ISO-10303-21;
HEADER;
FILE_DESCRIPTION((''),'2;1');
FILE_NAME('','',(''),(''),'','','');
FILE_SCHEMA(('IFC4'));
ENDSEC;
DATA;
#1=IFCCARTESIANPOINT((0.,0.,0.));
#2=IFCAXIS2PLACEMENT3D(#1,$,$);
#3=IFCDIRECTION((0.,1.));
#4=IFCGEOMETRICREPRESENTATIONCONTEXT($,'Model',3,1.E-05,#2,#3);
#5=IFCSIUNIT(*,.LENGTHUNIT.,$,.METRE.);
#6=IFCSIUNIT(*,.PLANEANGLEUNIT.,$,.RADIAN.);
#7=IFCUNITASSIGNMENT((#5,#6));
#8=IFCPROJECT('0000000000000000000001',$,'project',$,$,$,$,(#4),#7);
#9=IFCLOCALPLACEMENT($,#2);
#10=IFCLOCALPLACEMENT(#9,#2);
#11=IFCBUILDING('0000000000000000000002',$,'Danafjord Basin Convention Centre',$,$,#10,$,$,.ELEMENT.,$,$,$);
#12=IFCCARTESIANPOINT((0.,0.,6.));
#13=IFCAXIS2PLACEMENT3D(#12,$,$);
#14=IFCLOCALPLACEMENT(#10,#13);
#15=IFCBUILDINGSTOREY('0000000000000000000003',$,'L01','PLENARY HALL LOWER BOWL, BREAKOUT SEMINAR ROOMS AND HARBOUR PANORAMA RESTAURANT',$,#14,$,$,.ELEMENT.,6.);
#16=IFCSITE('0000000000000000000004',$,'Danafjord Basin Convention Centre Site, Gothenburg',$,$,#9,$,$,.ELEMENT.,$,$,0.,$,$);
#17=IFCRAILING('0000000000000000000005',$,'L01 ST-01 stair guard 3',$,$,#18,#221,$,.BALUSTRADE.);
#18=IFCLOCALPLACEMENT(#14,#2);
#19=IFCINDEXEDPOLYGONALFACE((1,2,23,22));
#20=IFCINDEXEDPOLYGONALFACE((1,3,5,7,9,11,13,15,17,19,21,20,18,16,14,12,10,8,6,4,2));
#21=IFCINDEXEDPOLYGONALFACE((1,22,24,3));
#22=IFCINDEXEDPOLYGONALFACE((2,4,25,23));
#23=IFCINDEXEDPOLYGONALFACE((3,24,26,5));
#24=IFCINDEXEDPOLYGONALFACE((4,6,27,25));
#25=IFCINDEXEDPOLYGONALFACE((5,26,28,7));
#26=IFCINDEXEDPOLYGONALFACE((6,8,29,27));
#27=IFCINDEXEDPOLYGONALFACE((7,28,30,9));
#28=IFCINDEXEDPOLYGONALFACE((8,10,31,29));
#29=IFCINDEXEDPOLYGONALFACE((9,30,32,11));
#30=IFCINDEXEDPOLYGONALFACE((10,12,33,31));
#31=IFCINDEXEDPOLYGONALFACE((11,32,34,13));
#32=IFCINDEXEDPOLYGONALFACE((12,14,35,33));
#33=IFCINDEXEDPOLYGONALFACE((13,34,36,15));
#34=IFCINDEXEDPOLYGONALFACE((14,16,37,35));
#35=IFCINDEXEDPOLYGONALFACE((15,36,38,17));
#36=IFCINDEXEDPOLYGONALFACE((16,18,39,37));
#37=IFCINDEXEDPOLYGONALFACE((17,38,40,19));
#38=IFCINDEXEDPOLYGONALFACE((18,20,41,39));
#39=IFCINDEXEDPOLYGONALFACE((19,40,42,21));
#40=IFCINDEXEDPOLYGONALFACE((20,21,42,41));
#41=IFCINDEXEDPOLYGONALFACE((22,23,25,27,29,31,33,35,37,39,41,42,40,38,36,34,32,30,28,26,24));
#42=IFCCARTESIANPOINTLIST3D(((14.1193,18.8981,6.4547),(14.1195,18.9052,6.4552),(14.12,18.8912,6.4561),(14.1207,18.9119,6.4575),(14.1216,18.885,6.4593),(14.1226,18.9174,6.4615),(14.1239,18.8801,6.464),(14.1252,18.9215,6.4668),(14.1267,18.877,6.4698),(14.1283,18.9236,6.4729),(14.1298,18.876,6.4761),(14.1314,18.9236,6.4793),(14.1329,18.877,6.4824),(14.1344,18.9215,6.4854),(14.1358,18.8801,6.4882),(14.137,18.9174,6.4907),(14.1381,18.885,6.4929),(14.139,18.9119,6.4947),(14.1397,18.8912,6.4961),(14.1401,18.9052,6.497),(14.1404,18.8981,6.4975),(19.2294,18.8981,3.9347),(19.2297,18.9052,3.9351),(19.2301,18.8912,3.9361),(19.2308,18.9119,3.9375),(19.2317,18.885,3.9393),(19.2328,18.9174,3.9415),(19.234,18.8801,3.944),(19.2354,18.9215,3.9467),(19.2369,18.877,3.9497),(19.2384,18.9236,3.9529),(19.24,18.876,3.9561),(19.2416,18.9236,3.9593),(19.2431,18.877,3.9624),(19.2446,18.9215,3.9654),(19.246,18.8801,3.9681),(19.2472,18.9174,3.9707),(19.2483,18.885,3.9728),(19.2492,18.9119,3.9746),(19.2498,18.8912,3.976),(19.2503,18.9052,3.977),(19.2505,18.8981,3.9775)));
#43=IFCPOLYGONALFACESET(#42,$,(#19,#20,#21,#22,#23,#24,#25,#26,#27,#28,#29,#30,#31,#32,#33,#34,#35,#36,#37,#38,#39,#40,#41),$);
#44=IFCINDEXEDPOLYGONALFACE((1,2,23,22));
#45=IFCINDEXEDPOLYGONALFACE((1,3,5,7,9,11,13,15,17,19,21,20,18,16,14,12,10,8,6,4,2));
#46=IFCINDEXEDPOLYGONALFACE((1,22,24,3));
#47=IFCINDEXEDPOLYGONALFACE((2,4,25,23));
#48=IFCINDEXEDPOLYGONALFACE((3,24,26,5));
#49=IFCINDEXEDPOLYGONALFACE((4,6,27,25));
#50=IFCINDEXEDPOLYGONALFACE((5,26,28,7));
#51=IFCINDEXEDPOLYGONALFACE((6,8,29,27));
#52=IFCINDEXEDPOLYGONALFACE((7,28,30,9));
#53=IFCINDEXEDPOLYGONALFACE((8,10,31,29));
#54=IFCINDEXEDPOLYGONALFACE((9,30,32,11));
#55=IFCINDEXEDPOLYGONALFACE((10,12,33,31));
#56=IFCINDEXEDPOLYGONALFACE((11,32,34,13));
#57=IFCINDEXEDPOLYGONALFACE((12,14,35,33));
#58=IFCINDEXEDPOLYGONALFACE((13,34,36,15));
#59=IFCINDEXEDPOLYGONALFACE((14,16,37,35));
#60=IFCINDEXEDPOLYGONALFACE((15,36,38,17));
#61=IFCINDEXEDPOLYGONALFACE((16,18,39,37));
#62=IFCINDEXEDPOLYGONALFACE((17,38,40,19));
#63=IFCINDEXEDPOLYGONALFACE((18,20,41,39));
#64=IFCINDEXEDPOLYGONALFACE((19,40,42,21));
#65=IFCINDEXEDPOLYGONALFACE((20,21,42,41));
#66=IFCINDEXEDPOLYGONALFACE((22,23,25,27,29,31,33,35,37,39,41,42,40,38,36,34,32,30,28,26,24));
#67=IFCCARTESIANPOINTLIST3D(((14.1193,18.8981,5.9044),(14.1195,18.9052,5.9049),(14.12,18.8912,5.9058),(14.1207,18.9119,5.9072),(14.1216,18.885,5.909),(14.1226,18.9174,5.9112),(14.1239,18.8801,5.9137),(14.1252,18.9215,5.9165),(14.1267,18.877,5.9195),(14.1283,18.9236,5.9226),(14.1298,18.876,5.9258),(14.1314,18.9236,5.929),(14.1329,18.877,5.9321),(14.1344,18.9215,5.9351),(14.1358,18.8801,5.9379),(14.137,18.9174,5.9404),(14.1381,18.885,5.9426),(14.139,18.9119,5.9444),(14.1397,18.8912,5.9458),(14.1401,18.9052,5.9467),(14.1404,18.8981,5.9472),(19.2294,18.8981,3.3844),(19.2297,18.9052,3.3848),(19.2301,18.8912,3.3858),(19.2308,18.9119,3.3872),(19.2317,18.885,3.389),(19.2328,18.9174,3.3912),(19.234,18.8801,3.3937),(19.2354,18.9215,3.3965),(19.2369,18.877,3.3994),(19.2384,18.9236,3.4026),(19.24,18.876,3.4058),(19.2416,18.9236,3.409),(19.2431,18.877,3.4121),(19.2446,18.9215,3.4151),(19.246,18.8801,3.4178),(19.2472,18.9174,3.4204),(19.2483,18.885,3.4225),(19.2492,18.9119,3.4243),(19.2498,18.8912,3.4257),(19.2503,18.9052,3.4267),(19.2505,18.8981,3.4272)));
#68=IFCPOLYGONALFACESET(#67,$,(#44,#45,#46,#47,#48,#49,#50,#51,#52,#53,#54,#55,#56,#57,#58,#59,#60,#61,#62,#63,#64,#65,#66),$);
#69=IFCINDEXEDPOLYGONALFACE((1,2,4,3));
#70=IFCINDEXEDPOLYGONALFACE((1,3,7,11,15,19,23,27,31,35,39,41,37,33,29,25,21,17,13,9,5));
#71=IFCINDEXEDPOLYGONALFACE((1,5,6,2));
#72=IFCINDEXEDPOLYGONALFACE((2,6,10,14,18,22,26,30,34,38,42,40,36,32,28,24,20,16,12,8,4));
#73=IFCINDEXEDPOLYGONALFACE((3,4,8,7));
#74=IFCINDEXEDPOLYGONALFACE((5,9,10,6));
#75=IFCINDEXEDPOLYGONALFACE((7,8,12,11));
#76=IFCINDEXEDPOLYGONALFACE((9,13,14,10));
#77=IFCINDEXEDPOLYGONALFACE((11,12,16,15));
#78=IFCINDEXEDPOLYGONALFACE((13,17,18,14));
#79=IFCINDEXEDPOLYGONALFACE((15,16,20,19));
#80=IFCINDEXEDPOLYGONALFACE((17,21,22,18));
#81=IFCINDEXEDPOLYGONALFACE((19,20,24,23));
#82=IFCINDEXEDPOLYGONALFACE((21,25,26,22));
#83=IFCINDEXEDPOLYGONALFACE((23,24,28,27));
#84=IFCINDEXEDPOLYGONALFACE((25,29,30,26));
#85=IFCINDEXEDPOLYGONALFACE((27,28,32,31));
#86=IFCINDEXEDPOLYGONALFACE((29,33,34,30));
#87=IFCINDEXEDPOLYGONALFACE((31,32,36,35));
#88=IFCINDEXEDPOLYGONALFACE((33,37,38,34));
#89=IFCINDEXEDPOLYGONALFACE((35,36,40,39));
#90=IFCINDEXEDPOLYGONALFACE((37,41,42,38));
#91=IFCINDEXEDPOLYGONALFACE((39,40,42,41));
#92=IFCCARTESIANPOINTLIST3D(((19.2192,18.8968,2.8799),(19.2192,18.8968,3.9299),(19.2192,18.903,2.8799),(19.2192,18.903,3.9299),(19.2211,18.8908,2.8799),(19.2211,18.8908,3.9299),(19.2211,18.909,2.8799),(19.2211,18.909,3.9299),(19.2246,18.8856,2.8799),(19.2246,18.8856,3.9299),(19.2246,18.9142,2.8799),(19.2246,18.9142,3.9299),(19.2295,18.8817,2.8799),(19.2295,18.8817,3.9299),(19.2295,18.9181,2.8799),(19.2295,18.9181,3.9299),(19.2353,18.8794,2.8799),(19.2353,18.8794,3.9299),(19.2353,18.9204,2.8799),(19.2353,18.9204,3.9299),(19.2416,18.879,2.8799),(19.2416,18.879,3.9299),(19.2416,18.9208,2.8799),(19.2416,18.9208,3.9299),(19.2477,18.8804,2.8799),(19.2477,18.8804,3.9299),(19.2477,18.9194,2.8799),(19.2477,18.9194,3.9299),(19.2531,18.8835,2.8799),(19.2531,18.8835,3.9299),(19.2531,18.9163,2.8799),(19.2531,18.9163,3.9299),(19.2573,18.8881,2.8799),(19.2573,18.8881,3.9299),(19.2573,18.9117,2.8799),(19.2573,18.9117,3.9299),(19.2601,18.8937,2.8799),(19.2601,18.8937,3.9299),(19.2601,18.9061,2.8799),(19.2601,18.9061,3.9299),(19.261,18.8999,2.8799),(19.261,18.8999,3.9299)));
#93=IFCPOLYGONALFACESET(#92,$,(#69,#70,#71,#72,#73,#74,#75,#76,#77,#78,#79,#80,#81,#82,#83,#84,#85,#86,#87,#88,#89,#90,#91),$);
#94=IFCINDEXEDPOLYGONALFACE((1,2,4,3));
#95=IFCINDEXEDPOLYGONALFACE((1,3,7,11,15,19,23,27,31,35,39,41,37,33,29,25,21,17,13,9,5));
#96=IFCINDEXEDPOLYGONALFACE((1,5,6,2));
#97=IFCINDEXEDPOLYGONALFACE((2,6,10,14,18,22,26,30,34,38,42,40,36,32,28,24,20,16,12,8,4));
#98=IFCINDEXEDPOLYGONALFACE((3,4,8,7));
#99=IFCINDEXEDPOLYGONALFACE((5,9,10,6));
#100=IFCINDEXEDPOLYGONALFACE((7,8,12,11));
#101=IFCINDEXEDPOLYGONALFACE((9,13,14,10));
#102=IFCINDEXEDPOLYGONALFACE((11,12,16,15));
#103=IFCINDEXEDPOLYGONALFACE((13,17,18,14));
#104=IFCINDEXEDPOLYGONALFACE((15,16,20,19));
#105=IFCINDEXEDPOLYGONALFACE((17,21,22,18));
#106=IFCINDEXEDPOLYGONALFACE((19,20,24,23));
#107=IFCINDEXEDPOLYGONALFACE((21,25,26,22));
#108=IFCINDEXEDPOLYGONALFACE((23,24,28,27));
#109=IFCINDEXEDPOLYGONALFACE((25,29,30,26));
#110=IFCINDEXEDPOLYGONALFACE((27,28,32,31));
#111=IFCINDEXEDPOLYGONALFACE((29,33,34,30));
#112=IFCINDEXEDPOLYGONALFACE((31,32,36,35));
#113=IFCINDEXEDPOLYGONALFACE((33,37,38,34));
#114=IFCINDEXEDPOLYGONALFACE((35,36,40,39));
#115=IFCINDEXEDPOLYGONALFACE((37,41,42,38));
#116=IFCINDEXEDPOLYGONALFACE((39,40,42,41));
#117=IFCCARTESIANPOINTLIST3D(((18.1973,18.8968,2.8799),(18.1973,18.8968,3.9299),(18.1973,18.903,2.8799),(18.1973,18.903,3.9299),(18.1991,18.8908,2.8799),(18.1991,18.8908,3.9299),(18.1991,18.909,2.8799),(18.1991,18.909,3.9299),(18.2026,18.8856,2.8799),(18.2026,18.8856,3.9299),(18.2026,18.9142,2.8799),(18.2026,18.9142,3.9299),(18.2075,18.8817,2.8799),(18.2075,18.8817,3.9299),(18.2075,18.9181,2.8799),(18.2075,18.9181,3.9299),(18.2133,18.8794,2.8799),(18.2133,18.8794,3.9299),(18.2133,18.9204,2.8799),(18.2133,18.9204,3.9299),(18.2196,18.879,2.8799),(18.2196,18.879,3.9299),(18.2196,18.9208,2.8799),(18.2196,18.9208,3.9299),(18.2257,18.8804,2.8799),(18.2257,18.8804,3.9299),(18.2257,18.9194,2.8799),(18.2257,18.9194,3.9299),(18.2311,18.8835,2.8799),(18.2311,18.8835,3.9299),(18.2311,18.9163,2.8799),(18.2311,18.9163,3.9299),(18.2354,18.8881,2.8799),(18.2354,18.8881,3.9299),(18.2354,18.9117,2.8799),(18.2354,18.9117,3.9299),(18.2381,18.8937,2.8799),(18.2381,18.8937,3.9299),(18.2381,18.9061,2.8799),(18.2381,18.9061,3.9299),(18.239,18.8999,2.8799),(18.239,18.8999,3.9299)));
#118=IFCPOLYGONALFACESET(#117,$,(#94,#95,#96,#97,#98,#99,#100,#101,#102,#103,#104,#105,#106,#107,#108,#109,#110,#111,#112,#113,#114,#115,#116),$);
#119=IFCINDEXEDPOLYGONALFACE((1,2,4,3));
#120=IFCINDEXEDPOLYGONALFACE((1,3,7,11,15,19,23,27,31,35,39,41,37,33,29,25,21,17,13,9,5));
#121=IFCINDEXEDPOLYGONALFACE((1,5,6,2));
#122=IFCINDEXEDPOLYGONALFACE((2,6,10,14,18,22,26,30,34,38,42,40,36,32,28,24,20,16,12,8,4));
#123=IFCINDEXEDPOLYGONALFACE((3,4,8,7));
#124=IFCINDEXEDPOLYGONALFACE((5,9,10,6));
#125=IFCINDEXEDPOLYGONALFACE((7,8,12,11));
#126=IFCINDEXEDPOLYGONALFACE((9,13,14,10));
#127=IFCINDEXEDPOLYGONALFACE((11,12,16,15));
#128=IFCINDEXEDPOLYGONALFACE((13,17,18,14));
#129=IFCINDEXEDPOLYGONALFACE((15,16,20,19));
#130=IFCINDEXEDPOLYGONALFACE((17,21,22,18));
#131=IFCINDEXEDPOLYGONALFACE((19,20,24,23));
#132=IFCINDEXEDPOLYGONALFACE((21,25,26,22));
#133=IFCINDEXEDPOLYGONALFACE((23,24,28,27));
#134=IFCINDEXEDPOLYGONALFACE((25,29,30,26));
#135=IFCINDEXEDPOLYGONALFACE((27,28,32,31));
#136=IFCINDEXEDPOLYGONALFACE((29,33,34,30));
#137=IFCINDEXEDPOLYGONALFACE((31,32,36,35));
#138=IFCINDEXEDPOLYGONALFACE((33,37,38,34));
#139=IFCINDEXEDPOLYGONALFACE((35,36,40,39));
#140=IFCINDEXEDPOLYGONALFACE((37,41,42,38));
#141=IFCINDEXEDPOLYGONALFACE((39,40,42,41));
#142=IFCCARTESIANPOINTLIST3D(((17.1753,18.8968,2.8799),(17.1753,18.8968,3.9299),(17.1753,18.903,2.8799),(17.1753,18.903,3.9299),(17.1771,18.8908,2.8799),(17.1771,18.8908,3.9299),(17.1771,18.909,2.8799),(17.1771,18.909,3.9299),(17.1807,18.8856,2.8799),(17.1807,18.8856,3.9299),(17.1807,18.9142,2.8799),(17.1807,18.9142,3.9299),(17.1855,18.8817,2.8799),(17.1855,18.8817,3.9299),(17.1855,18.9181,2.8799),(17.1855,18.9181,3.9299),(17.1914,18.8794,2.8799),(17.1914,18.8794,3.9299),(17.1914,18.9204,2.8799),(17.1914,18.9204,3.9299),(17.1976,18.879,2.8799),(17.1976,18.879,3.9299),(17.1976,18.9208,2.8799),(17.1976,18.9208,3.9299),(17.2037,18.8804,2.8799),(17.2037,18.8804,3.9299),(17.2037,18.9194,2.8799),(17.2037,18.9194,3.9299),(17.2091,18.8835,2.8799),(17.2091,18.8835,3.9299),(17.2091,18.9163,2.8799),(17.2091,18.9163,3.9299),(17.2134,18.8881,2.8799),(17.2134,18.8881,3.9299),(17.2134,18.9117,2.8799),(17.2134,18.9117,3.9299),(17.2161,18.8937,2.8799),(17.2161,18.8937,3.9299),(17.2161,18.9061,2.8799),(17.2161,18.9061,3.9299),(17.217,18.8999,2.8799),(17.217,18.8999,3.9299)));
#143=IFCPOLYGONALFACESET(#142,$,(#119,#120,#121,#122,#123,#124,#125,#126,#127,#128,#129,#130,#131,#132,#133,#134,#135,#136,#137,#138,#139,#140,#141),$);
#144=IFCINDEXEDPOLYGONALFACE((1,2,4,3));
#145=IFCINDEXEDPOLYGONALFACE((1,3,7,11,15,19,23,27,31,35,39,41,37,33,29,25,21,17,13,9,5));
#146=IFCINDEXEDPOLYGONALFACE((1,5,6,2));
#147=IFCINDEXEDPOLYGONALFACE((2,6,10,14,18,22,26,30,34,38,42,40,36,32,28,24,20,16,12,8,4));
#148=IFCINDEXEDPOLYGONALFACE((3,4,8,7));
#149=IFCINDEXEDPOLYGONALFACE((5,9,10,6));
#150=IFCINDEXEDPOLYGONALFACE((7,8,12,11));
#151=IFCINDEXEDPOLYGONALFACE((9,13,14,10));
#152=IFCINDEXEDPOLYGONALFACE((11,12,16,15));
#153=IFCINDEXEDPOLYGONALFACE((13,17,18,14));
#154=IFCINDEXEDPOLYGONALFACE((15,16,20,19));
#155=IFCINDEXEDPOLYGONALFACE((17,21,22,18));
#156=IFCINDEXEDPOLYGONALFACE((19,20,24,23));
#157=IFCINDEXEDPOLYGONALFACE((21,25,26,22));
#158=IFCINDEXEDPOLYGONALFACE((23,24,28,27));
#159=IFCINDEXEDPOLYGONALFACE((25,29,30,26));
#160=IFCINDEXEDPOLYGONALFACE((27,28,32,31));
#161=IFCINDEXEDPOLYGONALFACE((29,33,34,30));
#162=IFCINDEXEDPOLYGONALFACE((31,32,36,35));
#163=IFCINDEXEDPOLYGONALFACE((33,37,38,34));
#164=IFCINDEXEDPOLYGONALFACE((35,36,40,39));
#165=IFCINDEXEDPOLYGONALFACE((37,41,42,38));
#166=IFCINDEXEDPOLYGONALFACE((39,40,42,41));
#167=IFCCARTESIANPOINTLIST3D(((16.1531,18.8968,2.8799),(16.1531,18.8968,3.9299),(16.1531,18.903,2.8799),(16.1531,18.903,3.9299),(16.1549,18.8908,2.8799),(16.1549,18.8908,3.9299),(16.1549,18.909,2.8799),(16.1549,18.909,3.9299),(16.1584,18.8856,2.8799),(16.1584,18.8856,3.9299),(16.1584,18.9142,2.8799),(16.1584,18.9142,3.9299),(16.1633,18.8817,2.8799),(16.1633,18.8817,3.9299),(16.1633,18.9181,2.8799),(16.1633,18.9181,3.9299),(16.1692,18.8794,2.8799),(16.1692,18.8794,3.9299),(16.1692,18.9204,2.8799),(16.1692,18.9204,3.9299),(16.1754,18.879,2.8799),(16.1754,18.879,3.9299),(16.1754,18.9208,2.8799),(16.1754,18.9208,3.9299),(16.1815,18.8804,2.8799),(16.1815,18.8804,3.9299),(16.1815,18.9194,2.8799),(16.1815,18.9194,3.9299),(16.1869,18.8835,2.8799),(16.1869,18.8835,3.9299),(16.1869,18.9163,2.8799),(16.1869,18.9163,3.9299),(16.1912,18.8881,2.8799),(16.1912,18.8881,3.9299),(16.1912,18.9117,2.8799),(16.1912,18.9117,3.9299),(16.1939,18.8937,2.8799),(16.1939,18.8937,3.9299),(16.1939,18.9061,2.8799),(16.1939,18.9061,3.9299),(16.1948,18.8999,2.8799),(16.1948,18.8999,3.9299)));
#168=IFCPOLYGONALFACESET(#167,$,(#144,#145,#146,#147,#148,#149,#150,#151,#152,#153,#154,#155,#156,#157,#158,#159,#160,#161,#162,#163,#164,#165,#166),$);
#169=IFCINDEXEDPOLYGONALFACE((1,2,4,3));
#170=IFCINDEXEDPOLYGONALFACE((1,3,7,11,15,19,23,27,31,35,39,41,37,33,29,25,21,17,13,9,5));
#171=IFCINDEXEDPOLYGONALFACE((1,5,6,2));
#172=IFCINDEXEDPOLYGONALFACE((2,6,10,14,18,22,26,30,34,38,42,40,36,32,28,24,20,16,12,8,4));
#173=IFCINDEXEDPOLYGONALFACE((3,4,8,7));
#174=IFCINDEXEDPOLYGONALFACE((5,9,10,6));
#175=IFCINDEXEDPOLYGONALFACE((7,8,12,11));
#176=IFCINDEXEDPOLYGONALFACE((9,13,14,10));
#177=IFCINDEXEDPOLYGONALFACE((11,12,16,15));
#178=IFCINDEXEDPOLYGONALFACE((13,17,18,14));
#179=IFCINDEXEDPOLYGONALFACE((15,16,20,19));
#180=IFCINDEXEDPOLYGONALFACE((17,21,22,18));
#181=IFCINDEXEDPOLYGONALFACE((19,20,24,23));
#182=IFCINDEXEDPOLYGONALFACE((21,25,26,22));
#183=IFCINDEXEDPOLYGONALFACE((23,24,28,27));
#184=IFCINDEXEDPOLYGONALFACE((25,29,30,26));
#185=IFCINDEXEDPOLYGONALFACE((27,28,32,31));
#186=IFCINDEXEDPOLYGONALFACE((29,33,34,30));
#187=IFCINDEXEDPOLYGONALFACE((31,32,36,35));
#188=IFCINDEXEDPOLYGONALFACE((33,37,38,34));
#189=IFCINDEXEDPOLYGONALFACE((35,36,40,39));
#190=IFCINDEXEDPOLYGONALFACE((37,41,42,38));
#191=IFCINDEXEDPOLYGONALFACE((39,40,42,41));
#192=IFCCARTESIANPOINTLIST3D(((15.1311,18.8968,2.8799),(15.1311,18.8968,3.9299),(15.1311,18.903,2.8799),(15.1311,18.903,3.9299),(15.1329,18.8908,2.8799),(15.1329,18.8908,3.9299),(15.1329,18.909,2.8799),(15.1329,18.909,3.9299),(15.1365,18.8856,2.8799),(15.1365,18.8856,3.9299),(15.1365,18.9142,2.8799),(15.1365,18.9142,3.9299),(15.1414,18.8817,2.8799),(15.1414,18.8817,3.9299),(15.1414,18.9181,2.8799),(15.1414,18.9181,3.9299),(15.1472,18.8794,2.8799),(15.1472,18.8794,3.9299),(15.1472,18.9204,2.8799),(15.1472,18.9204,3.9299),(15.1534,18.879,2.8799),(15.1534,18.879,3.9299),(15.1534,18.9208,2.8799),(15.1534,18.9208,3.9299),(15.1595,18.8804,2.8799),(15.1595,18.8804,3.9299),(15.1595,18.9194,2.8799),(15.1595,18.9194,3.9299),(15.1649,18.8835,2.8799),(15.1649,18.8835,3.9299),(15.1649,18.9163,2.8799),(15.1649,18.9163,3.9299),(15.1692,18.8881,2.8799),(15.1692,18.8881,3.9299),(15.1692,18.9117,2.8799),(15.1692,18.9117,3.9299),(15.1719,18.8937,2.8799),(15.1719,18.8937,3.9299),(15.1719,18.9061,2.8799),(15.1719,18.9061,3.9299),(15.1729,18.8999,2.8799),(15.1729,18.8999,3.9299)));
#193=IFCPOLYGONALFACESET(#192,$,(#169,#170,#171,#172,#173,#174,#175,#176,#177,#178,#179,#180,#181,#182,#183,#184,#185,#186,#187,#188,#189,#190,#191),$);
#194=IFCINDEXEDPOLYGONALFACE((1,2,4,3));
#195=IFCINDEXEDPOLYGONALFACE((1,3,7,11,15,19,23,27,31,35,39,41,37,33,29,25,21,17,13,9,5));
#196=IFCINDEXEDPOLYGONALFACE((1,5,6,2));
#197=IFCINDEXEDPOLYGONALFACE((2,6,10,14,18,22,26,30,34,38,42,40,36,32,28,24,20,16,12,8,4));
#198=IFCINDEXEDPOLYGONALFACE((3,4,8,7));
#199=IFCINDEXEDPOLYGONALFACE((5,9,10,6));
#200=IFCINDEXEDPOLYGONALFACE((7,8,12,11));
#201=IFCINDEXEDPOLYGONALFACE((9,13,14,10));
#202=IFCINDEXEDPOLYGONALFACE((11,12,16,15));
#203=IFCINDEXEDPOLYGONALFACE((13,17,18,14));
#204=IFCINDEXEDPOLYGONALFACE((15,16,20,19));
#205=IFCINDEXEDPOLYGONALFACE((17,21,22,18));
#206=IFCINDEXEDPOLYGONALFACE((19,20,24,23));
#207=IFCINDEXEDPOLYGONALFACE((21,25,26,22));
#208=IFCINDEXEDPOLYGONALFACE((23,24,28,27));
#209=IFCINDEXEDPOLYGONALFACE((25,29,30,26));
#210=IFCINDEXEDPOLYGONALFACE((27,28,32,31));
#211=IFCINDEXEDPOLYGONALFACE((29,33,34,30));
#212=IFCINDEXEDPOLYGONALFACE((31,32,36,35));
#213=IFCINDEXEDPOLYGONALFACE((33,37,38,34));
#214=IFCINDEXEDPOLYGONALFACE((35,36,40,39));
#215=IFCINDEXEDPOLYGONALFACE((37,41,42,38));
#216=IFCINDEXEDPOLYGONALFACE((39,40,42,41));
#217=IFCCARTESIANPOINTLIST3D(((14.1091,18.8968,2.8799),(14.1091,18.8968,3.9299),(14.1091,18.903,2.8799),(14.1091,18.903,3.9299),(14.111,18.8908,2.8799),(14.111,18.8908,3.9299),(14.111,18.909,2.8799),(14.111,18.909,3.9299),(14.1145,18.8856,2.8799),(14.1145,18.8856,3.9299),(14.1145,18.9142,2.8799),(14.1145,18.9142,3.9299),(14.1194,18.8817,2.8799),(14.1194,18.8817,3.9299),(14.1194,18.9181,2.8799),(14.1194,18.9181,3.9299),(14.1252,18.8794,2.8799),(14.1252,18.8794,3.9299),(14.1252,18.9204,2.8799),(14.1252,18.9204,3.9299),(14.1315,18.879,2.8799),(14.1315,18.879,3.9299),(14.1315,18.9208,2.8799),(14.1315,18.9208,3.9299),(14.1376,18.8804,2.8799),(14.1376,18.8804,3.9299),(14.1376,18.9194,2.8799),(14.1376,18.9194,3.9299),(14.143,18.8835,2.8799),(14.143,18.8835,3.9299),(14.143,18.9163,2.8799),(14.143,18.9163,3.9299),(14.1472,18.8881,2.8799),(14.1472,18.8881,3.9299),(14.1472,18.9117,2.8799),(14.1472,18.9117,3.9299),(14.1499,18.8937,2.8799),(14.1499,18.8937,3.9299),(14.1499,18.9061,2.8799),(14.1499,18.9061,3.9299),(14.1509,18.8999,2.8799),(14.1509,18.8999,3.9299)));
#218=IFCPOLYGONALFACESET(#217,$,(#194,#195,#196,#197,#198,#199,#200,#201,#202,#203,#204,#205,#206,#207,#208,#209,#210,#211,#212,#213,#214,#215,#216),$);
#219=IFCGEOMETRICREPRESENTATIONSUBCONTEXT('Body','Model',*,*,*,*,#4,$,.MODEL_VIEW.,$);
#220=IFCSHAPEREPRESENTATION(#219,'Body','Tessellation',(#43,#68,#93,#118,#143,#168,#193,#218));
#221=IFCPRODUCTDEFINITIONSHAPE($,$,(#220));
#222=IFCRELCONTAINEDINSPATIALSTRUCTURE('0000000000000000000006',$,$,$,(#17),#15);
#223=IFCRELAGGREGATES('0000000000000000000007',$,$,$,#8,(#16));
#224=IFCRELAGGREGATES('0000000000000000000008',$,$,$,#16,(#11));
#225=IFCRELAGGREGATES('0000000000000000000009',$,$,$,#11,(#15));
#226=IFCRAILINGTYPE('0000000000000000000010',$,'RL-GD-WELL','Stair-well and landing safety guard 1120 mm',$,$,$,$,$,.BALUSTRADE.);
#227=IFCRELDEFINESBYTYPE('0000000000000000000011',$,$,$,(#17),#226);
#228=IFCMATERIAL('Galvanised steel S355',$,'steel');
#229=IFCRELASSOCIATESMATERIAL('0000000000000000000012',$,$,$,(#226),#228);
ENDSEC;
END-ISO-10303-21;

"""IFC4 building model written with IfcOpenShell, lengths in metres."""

from ifc_helpers import new_model, si_unit, direction, frame, origin, origin_2d, place, context, subcontext, project, spatial, circle, extrude, material, type_object, element, save


model = new_model("IFC4")

# Units and contexts
model_context = context("Model", 3, precision=1e-05, world=origin(), true_north=direction((0.0, 1.0)))
body_context = subcontext(model_context, "Body", "Model", "MODEL_VIEW")
ifc_project = project(units=[si_unit("LENGTHUNIT", "METRE"), si_unit("PLANEANGLEUNIT", "RADIAN")], contexts=[model_context])

# Site, building, storey
site_placement = place(None, origin())
site = spatial("IfcSite", under=ifc_project, at=site_placement, Name="Danafjord Basin Convention Centre Site, Gothenburg", CompositionType="ELEMENT", RefElevation=0.0)
building_placement = place(site_placement, origin())
building = spatial("IfcBuilding", under=site, at=building_placement, Name="Danafjord Basin Convention Centre", CompositionType="ELEMENT")
storey_placement = place(building_placement, frame((0.0, 0.0, 6.0)))
storey = spatial("IfcBuildingStorey", under=building, at=storey_placement, Name="L01", Description="PLENARY HALL LOWER BOWL, BREAKOUT SEMINAR ROOMS AND HARBOUR PANORAMA RESTAURANT", CompositionType="ELEMENT", Elevation=6.0)

# Railing
ifc_material_1 = material(Name="Galvanised steel S355", Category="steel")
railing_type_1 = type_object("IfcRailingType", Name="RL-GD-WELL", Description="Stair-well and landing safety guard 1120 mm", PredefinedType="BALUSTRADE", material=ifc_material_1)
railing_1_placement = place(storey_placement, frame((19.24, 18.8999, 2.8799)))
element("IfcRailing", 1, at=railing_1_placement, inside=storey, type_object=railing_type_1, Name="L01 ST-01 stair guard 3", PredefinedType="BALUSTRADE", context=body_context, shape_type="SweptSolid", body=[
    extrude(circle(Radius=0.0239, at=origin_2d()), frame((0.0, 0.0, 1.0762), z_axis=(-0.896873, 0.0, 0.442288), x_axis=(0.0, -1.0, 0.0)), (0.0, 0.0, 1.0), 5.6978),
    extrude(circle(Radius=0.0239, at=origin_2d()), frame((0.0, 0.0, 0.5259), z_axis=(-0.896873, 0.0, 0.442288), x_axis=(0.0, -1.0, 0.0)), (0.0, 0.0, 1.0), 5.6978),
    extrude(circle(Radius=0.021, at=origin_2d()), origin(), (0.0, 0.0, 1.0), 1.05),
    extrude(circle(Radius=0.021, at=origin_2d()), frame((-1.022, 0.0, 0.0)), (0.0, 0.0, 1.0), 1.05),
    extrude(circle(Radius=0.021, at=origin_2d()), frame((-2.0439, 0.0, 0.0)), (0.0, 0.0, 1.0), 1.05),
    extrude(circle(Radius=0.021, at=origin_2d()), frame((-3.0662, 0.0, 0.0)), (0.0, 0.0, 1.0), 1.05),
    extrude(circle(Radius=0.021, at=origin_2d()), frame((-4.0881, 0.0, 0.0)), (0.0, 0.0, 1.0), 1.05),
    extrude(circle(Radius=0.021, at=origin_2d()), frame((-5.1101, 0.0, 0.0)), (0.0, 0.0, 1.0), 1.05),
])

save(model, "model.ifc")
